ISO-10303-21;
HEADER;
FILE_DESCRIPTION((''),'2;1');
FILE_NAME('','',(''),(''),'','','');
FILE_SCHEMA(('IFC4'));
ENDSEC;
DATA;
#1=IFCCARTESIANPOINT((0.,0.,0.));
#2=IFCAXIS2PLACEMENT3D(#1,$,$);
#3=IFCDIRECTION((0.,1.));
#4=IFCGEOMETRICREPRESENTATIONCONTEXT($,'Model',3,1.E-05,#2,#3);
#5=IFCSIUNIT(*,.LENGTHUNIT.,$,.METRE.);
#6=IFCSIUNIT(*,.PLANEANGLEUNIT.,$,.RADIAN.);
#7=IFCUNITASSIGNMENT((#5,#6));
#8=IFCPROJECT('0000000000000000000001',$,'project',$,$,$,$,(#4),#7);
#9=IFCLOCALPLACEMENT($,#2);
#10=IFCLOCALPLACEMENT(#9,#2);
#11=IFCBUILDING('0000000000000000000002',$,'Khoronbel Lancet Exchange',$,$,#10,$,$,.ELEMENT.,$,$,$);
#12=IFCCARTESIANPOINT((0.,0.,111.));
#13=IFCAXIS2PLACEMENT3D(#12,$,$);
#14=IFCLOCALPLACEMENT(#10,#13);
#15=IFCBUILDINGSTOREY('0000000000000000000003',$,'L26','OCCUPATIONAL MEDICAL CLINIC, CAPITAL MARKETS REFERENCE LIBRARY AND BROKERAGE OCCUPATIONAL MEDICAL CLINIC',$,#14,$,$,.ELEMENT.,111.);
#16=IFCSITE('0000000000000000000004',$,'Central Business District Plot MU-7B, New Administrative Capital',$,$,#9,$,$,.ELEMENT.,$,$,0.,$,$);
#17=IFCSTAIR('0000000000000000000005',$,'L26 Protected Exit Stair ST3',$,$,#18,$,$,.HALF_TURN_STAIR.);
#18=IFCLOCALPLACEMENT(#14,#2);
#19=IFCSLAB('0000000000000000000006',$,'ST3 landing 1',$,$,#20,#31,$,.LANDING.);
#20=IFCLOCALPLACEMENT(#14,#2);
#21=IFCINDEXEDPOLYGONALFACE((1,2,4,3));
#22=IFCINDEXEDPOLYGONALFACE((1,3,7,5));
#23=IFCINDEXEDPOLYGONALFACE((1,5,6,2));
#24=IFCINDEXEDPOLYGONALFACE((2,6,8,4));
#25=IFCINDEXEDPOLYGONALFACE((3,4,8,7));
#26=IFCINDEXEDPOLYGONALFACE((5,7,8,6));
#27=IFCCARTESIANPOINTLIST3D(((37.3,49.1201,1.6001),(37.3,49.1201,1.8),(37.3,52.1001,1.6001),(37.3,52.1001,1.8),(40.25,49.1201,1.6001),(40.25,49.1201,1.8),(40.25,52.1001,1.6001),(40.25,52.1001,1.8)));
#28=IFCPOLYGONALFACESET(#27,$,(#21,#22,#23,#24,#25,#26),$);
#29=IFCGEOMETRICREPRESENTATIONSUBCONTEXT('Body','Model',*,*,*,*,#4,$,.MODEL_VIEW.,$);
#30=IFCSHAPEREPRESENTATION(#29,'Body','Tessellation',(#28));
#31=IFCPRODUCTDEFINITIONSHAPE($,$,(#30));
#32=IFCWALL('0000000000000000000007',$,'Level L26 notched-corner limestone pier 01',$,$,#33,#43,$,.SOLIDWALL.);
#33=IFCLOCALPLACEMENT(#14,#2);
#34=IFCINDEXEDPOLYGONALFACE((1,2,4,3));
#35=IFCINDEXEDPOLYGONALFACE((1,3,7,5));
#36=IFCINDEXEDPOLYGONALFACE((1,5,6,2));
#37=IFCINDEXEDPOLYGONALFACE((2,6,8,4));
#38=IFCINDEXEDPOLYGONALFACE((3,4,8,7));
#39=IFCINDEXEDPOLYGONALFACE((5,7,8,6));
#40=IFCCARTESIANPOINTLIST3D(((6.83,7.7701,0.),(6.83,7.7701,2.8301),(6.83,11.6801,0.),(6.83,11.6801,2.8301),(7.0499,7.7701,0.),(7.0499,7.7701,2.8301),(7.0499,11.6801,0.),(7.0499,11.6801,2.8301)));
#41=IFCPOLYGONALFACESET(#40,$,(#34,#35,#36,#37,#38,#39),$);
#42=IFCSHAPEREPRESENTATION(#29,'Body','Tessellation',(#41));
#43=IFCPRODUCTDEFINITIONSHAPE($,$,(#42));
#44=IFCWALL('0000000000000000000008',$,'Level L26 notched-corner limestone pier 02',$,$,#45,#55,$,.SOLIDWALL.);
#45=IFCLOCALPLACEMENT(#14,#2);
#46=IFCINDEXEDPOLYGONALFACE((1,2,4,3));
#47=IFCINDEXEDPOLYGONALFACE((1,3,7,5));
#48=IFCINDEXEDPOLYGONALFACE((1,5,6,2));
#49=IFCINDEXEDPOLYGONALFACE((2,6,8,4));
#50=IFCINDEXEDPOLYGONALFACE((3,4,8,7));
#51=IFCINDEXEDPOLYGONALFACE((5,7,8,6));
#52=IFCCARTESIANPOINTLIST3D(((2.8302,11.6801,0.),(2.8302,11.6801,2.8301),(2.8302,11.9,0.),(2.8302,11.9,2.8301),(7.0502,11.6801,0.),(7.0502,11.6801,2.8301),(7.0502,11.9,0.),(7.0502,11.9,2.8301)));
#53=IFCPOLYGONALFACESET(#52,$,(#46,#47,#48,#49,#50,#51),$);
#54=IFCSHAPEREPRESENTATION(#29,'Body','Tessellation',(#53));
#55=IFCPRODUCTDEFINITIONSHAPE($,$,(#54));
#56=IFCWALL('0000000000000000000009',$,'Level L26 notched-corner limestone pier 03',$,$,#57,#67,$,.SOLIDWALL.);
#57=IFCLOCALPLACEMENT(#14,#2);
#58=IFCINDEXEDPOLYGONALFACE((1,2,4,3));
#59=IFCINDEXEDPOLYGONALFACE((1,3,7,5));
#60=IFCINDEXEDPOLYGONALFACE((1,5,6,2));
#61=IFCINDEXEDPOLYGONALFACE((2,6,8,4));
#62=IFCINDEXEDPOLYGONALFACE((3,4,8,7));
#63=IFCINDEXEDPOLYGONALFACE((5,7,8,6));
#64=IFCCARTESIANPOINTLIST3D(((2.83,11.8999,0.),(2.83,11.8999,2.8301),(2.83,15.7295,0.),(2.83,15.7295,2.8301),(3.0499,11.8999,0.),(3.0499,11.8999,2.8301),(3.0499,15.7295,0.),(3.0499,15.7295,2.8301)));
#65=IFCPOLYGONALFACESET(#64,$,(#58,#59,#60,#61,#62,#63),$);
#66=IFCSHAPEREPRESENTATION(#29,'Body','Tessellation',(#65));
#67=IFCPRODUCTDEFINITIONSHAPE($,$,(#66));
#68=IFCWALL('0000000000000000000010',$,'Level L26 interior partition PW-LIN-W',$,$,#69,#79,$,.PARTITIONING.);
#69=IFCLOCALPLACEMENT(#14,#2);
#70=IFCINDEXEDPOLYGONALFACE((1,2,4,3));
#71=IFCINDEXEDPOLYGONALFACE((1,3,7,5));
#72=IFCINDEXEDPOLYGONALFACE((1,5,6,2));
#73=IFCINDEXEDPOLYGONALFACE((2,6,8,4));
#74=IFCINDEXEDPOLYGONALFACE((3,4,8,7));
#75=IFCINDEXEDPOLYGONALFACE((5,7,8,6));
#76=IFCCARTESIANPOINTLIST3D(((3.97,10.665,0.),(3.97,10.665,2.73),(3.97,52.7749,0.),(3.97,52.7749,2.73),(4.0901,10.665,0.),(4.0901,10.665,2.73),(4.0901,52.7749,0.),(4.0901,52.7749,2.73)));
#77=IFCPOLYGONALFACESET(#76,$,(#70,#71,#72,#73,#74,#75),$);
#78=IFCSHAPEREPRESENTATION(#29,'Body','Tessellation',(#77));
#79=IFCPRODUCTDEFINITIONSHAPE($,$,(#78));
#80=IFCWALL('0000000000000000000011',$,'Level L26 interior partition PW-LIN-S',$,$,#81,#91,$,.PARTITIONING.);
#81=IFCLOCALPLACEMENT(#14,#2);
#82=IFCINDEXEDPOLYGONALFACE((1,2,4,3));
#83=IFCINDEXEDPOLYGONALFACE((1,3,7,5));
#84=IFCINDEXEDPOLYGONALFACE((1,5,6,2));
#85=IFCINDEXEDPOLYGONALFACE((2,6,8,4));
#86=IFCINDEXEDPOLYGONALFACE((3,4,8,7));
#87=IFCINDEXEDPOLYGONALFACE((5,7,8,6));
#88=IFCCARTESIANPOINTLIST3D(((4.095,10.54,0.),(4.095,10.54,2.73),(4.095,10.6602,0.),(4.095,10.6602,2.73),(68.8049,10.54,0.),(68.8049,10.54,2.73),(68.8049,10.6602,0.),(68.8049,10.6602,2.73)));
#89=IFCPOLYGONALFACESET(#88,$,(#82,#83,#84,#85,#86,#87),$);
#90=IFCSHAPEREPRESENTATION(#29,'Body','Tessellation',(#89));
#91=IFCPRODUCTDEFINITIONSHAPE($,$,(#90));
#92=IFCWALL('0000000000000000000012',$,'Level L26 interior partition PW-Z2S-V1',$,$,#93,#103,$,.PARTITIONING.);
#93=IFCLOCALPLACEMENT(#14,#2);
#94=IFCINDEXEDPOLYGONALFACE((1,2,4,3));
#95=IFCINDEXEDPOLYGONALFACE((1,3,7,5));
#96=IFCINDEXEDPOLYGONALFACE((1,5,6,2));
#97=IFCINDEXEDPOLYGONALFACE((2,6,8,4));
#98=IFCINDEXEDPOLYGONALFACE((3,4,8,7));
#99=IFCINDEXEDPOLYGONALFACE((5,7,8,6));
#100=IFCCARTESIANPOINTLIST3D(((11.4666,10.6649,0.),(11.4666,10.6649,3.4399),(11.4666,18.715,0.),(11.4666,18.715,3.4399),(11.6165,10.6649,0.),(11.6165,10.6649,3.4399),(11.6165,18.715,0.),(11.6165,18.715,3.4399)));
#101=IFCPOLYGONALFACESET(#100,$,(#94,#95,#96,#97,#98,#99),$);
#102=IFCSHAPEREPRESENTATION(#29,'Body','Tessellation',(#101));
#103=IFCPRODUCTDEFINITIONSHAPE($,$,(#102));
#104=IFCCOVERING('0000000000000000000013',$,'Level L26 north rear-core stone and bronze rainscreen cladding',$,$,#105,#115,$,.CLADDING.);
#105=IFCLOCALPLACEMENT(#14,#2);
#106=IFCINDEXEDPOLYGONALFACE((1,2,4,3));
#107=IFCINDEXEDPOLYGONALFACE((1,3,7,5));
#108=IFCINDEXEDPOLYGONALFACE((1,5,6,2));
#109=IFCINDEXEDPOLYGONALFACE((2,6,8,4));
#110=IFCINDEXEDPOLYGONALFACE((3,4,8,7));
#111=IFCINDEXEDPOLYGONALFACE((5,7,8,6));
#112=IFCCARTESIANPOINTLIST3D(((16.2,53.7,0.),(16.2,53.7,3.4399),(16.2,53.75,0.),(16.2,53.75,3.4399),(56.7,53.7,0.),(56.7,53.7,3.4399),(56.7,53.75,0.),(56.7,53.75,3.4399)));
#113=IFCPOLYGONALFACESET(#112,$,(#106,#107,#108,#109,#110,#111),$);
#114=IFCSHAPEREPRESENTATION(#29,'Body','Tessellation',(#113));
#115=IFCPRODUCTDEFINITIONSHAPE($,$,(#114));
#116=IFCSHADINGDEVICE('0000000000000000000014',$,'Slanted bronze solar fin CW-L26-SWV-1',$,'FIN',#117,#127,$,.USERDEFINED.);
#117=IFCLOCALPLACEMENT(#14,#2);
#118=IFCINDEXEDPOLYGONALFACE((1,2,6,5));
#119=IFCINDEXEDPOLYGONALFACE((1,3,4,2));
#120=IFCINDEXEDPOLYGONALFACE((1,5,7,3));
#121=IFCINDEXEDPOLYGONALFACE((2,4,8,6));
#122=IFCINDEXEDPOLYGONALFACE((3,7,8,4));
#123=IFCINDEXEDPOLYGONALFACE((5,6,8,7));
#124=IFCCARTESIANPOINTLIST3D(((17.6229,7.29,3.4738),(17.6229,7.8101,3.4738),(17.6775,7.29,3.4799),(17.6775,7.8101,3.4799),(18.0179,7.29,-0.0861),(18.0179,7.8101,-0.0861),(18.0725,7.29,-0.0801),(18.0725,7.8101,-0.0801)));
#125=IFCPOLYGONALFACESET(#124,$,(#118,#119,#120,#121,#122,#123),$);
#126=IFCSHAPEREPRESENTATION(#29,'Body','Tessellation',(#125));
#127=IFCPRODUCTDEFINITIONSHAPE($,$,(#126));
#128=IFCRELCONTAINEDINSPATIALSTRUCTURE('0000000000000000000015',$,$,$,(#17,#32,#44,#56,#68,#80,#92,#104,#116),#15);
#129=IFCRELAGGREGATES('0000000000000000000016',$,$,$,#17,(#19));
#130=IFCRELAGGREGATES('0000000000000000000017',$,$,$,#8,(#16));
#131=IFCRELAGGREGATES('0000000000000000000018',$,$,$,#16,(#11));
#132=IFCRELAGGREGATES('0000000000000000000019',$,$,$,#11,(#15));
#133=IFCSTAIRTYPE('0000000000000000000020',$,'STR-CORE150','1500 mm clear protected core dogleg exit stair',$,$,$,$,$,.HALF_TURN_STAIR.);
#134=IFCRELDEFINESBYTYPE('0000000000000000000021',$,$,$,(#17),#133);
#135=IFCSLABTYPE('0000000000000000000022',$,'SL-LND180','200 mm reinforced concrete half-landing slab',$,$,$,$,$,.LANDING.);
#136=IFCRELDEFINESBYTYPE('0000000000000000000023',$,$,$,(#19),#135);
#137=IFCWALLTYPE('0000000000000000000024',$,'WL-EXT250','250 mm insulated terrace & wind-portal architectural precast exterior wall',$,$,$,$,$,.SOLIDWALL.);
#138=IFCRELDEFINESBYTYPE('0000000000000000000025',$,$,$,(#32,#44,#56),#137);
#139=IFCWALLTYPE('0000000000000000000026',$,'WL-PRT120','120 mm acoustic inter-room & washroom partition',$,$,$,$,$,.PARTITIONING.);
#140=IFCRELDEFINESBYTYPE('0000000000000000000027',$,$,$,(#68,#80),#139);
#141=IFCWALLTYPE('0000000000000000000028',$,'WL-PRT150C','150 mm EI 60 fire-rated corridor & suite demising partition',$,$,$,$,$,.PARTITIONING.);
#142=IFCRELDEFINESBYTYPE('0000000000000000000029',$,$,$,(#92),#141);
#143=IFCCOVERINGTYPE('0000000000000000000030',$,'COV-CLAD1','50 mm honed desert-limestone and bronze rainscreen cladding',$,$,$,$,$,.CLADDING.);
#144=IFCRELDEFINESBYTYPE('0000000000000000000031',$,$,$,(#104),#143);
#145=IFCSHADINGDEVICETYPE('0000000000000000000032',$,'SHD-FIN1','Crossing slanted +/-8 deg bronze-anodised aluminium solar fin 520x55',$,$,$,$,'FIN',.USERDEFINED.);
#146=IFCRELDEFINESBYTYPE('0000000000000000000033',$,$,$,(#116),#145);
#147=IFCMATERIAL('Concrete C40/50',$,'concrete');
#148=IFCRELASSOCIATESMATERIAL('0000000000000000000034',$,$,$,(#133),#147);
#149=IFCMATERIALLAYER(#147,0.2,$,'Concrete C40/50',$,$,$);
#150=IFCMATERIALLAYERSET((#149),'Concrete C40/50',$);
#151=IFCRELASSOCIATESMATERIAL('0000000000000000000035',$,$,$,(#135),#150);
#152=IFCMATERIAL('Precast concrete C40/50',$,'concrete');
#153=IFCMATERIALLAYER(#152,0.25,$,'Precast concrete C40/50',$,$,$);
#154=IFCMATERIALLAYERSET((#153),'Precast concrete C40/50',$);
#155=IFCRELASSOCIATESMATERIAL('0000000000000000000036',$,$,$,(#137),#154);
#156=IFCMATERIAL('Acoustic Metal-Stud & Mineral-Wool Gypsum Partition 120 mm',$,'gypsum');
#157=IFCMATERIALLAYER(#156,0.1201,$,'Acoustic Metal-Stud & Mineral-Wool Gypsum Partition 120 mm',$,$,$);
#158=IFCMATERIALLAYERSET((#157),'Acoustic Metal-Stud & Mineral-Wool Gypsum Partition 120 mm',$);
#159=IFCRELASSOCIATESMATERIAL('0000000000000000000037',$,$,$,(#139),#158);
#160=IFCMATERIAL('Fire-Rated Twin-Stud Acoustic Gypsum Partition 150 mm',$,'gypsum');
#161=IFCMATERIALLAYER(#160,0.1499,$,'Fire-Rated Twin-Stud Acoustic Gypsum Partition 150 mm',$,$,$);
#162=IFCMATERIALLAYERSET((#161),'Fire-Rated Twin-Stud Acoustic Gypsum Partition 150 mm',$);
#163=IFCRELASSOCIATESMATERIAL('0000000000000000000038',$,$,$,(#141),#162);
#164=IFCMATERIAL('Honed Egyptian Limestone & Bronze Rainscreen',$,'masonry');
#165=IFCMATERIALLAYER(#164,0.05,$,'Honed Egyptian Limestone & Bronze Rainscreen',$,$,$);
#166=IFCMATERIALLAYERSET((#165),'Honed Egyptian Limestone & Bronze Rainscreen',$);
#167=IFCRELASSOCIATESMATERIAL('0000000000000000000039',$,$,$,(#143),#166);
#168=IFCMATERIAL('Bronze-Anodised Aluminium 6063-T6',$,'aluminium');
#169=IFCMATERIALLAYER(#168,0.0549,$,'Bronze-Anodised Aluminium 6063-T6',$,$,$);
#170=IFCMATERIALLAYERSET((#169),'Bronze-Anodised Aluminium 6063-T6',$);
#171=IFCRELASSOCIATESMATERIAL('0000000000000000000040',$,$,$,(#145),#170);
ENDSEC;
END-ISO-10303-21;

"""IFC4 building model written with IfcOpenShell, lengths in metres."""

from ifc_helpers import new_model, si_unit, direction, frame, frame_2d, origin, place, context, subcontext, project, spatial, polyline, rectangle, outline, extrude, material, layer, layer_set, type_object, element, aggregate, save


model = new_model("IFC4")

# Units and contexts
model_context = context("Model", 3, precision=1e-05, world=origin(), true_north=direction((0.0, 1.0)))
body_context = subcontext(model_context, "Body", "Model", "MODEL_VIEW")
ifc_project = project(units=[si_unit("LENGTHUNIT", "METRE"), si_unit("PLANEANGLEUNIT", "RADIAN")], contexts=[model_context])

# Site, building, storey
site_placement = place(None, origin())
site = spatial("IfcSite", under=ifc_project, at=site_placement, Name="Central Business District Plot MU-7B, New Administrative Capital", CompositionType="ELEMENT", RefElevation=0.0)
building_placement = place(site_placement, origin())
building = spatial("IfcBuilding", under=site, at=building_placement, Name="Khoronbel Lancet Exchange", CompositionType="ELEMENT")
storey_placement = place(building_placement, frame((0.0, 0.0, 111.0)))
storey = spatial("IfcBuildingStorey", under=building, at=storey_placement, Name="L26", Description="OCCUPATIONAL MEDICAL CLINIC, CAPITAL MARKETS REFERENCE LIBRARY AND BROKERAGE OCCUPATIONAL MEDICAL CLINIC", CompositionType="ELEMENT", Elevation=111.0)

# Shared definitions
ifc_material_1 = material(Name="Bronze-Anodised Aluminium 6063-T6", Category="aluminium")

# Shared definitions
ifc_material_2 = material(Name="Concrete C40/50", Category="concrete")

# Stair, slab
stair_type = type_object("IfcStairType", Name="STR-CORE150", Description="1500 mm clear protected core dogleg exit stair", PredefinedType="HALF_TURN_STAIR", material=ifc_material_2)
ifc_layer_1 = layer(ifc_material_2, 0.2, Name="Concrete C40/50")
ifc_layer_set_1 = layer_set([ifc_layer_1], Name="Concrete C40/50")
slab_type_1 = type_object("IfcSlabType", Name="SL-LND180", Description="200 mm reinforced concrete half-landing slab", PredefinedType="LANDING", material=ifc_layer_set_1)
stair_1_placement = place(storey_placement, origin())
stair_1 = element("IfcStair", 1, at=stair_1_placement, inside=storey, type_object=stair_type, Name="L26 Protected Exit Stair ST3", PredefinedType="HALF_TURN_STAIR")
slab_1_placement = place(storey_placement, frame((0.0, 0.0, 1.6001)))
slab_1 = element("IfcSlab", 2, at=slab_1_placement, type_object=slab_type_1, Name="ST3 landing 1", PredefinedType="LANDING", context=body_context, shape_type="SweptSolid", body=[
    extrude(outline(polyline([(37.3, 49.1201), (40.25, 49.1201), (40.25, 52.1001), (37.3, 52.1001), (37.3, 49.1201)])), origin(), (0.0, 0.0, 1.0), 0.2),
])
aggregate(stair_1, [slab_1])

# Walls
ifc_material_3 = material(Name="Precast concrete C40/50", Category="concrete")
ifc_layer_2 = layer(ifc_material_3, 0.25, Name="Precast concrete C40/50")
ifc_layer_set_2 = layer_set([ifc_layer_2], Name="Precast concrete C40/50")
wall_type_1 = type_object("IfcWallType", Name="WL-EXT250", Description="250 mm insulated terrace & wind-portal architectural precast exterior wall", PredefinedType="SOLIDWALL", material=ifc_layer_set_2)
wall_1_placement = place(storey_placement, frame((6.9399, 7.77, 0.0), z_axis=(0.0, 0.0, 1.0), x_axis=(0.0, 1.0, 0.0)))
element("IfcWall", 3, at=wall_1_placement, inside=storey, type_object=wall_type_1, Name="Level L26 notched-corner limestone pier 01", PredefinedType="SOLIDWALL", context=body_context, shape_type="SweptSolid", body=[
    extrude(rectangle(XDim=3.9099, YDim=0.22, at=frame_2d((1.9551, 0.0))), origin(), (0.0, 0.0, 1.0), 2.8301),
])
wall_2_placement = place(storey_placement, frame((7.05, 11.79, 0.0), z_axis=(0.0, 0.0, 1.0), x_axis=(-1.0, 0.0, 0.0)))
element("IfcWall", 4, at=wall_2_placement, inside=storey, type_object=wall_type_1, Name="Level L26 notched-corner limestone pier 02", PredefinedType="SOLIDWALL", context=body_context, shape_type="SweptSolid", body=[
    extrude(rectangle(XDim=4.22, YDim=0.22, at=frame_2d((2.1099, 0.0))), origin(), (0.0, 0.0, 1.0), 2.8301),
])
wall_3_placement = place(storey_placement, frame((2.9399, 11.8999, 0.0), z_axis=(0.0, 0.0, 1.0), x_axis=(0.0, 1.0, 0.0)))
element("IfcWall", 5, at=wall_3_placement, inside=storey, type_object=wall_type_1, Name="Level L26 notched-corner limestone pier 03", PredefinedType="SOLIDWALL", context=body_context, shape_type="SweptSolid", body=[
    extrude(rectangle(XDim=3.8296, YDim=0.22, at=frame_2d((1.9148, 0.0))), origin(), (0.0, 0.0, 1.0), 2.8301),
])
ifc_material_4 = material(Name="Acoustic Metal-Stud & Mineral-Wool Gypsum Partition 120 mm", Category="gypsum")
ifc_layer_3 = layer(ifc_material_4, 0.1201, Name="Acoustic Metal-Stud & Mineral-Wool Gypsum Partition 120 mm")
ifc_layer_set_3 = layer_set([ifc_layer_3], Name="Acoustic Metal-Stud & Mineral-Wool Gypsum Partition 120 mm")
wall_type_2 = type_object("IfcWallType", Name="WL-PRT120", Description="120 mm acoustic inter-room & washroom partition", PredefinedType="PARTITIONING", material=ifc_layer_set_3)
wall_4_placement = place(storey_placement, frame((4.03, 10.665, 0.0), z_axis=(0.0, 0.0, 1.0), x_axis=(0.0, 1.0, 0.0)))
element("IfcWall", 6, at=wall_4_placement, inside=storey, type_object=wall_type_2, Name="Level L26 interior partition PW-LIN-W", PredefinedType="PARTITIONING", context=body_context, shape_type="SweptSolid", body=[
    extrude(rectangle(XDim=42.1099, YDim=0.1201, at=frame_2d((21.0549, 0.0))), origin(), (0.0, 0.0, 1.0), 2.73),
])
wall_5_placement = place(storey_placement, frame((4.095, 10.6001, 0.0), z_axis=(0.0, 0.0, 1.0), x_axis=(1.0, 0.0, 0.0)))
element("IfcWall", 7, at=wall_5_placement, inside=storey, type_object=wall_type_2, Name="Level L26 interior partition PW-LIN-S", PredefinedType="PARTITIONING", context=body_context, shape_type="SweptSolid", body=[
    extrude(rectangle(XDim=64.71, YDim=0.1201, at=frame_2d((32.355, 0.0))), origin(), (0.0, 0.0, 1.0), 2.73),
])
ifc_material_5 = material(Name="Fire-Rated Twin-Stud Acoustic Gypsum Partition 150 mm", Category="gypsum")
ifc_layer_4 = layer(ifc_material_5, 0.1499, Name="Fire-Rated Twin-Stud Acoustic Gypsum Partition 150 mm")
ifc_layer_set_4 = layer_set([ifc_layer_4], Name="Fire-Rated Twin-Stud Acoustic Gypsum Partition 150 mm")
wall_type_3 = type_object("IfcWallType", Name="WL-PRT150C", Description="150 mm EI 60 fire-rated corridor & suite demising partition", PredefinedType="PARTITIONING", material=ifc_layer_set_4)
wall_6_placement = place(storey_placement, frame((11.5415, 10.665, 0.0), z_axis=(0.0, 0.0, 1.0), x_axis=(0.0, 1.0, 0.0)))
element("IfcWall", 8, at=wall_6_placement, inside=storey, type_object=wall_type_3, Name="Level L26 interior partition PW-Z2S-V1", PredefinedType="PARTITIONING", context=body_context, shape_type="SweptSolid", body=[
    extrude(rectangle(XDim=8.05, YDim=0.1499, at=frame_2d((4.0249, 0.0))), origin(), (0.0, 0.0, 1.0), 3.4399),
])

# Covering
ifc_material_6 = material(Name="Honed Egyptian Limestone & Bronze Rainscreen", Category="masonry")
ifc_layer_5 = layer(ifc_material_6, 0.05, Name="Honed Egyptian Limestone & Bronze Rainscreen")
ifc_layer_set_5 = layer_set([ifc_layer_5], Name="Honed Egyptian Limestone & Bronze Rainscreen")
covering_type = type_object("IfcCoveringType", Name="COV-CLAD1", Description="50 mm honed desert-limestone and bronze rainscreen cladding", PredefinedType="CLADDING", material=ifc_layer_set_5)
covering_placement = place(storey_placement, origin())
element("IfcCovering", 9, at=covering_placement, inside=storey, type_object=covering_type, Name="Level L26 north rear-core stone and bronze rainscreen cladding", PredefinedType="CLADDING", context=body_context, shape_type="SweptSolid", body=[
    extrude(outline(polyline([(16.2, 53.7), (56.7, 53.7), (56.7, 53.75), (16.2, 53.75), (16.2, 53.7)])), origin(), (0.0, 0.0, 1.0), 3.4399),
])

# Shading device
ifc_layer_6 = layer(ifc_material_1, 0.0549, Name="Bronze-Anodised Aluminium 6063-T6")
ifc_layer_set_6 = layer_set([ifc_layer_6], Name="Bronze-Anodised Aluminium 6063-T6")
shading_device_type = type_object("IfcShadingDeviceType", Name="SHD-FIN1", Description="Crossing slanted +/-8 deg bronze-anodised aluminium solar fin 520x55", ElementType="FIN", PredefinedType="USERDEFINED", material=ifc_layer_set_6)
shading_device_placement = place(storey_placement, frame((18.0725, 7.8101, -0.0801), z_axis=(0.9939, 0.0, 0.110282), x_axis=(0.0, -1.0, 0.0)))
element("IfcShadingDevice", 10, at=shading_device_placement, inside=storey, type_object=shading_device_type, Name="Slanted bronze solar fin CW-L26-SWV-1", ObjectType="FIN", PredefinedType="USERDEFINED", context=body_context, shape_type="SweptSolid", body=[
    extrude(outline(polyline([(0.0, 0.0), (0.52, 0.0), (0.52, -3.5818), (0.0, -3.5818), (0.0, 0.0)])), origin(), (0.0, 0.0, -1.0), 0.0549),
])

save(model, "model.ifc")
